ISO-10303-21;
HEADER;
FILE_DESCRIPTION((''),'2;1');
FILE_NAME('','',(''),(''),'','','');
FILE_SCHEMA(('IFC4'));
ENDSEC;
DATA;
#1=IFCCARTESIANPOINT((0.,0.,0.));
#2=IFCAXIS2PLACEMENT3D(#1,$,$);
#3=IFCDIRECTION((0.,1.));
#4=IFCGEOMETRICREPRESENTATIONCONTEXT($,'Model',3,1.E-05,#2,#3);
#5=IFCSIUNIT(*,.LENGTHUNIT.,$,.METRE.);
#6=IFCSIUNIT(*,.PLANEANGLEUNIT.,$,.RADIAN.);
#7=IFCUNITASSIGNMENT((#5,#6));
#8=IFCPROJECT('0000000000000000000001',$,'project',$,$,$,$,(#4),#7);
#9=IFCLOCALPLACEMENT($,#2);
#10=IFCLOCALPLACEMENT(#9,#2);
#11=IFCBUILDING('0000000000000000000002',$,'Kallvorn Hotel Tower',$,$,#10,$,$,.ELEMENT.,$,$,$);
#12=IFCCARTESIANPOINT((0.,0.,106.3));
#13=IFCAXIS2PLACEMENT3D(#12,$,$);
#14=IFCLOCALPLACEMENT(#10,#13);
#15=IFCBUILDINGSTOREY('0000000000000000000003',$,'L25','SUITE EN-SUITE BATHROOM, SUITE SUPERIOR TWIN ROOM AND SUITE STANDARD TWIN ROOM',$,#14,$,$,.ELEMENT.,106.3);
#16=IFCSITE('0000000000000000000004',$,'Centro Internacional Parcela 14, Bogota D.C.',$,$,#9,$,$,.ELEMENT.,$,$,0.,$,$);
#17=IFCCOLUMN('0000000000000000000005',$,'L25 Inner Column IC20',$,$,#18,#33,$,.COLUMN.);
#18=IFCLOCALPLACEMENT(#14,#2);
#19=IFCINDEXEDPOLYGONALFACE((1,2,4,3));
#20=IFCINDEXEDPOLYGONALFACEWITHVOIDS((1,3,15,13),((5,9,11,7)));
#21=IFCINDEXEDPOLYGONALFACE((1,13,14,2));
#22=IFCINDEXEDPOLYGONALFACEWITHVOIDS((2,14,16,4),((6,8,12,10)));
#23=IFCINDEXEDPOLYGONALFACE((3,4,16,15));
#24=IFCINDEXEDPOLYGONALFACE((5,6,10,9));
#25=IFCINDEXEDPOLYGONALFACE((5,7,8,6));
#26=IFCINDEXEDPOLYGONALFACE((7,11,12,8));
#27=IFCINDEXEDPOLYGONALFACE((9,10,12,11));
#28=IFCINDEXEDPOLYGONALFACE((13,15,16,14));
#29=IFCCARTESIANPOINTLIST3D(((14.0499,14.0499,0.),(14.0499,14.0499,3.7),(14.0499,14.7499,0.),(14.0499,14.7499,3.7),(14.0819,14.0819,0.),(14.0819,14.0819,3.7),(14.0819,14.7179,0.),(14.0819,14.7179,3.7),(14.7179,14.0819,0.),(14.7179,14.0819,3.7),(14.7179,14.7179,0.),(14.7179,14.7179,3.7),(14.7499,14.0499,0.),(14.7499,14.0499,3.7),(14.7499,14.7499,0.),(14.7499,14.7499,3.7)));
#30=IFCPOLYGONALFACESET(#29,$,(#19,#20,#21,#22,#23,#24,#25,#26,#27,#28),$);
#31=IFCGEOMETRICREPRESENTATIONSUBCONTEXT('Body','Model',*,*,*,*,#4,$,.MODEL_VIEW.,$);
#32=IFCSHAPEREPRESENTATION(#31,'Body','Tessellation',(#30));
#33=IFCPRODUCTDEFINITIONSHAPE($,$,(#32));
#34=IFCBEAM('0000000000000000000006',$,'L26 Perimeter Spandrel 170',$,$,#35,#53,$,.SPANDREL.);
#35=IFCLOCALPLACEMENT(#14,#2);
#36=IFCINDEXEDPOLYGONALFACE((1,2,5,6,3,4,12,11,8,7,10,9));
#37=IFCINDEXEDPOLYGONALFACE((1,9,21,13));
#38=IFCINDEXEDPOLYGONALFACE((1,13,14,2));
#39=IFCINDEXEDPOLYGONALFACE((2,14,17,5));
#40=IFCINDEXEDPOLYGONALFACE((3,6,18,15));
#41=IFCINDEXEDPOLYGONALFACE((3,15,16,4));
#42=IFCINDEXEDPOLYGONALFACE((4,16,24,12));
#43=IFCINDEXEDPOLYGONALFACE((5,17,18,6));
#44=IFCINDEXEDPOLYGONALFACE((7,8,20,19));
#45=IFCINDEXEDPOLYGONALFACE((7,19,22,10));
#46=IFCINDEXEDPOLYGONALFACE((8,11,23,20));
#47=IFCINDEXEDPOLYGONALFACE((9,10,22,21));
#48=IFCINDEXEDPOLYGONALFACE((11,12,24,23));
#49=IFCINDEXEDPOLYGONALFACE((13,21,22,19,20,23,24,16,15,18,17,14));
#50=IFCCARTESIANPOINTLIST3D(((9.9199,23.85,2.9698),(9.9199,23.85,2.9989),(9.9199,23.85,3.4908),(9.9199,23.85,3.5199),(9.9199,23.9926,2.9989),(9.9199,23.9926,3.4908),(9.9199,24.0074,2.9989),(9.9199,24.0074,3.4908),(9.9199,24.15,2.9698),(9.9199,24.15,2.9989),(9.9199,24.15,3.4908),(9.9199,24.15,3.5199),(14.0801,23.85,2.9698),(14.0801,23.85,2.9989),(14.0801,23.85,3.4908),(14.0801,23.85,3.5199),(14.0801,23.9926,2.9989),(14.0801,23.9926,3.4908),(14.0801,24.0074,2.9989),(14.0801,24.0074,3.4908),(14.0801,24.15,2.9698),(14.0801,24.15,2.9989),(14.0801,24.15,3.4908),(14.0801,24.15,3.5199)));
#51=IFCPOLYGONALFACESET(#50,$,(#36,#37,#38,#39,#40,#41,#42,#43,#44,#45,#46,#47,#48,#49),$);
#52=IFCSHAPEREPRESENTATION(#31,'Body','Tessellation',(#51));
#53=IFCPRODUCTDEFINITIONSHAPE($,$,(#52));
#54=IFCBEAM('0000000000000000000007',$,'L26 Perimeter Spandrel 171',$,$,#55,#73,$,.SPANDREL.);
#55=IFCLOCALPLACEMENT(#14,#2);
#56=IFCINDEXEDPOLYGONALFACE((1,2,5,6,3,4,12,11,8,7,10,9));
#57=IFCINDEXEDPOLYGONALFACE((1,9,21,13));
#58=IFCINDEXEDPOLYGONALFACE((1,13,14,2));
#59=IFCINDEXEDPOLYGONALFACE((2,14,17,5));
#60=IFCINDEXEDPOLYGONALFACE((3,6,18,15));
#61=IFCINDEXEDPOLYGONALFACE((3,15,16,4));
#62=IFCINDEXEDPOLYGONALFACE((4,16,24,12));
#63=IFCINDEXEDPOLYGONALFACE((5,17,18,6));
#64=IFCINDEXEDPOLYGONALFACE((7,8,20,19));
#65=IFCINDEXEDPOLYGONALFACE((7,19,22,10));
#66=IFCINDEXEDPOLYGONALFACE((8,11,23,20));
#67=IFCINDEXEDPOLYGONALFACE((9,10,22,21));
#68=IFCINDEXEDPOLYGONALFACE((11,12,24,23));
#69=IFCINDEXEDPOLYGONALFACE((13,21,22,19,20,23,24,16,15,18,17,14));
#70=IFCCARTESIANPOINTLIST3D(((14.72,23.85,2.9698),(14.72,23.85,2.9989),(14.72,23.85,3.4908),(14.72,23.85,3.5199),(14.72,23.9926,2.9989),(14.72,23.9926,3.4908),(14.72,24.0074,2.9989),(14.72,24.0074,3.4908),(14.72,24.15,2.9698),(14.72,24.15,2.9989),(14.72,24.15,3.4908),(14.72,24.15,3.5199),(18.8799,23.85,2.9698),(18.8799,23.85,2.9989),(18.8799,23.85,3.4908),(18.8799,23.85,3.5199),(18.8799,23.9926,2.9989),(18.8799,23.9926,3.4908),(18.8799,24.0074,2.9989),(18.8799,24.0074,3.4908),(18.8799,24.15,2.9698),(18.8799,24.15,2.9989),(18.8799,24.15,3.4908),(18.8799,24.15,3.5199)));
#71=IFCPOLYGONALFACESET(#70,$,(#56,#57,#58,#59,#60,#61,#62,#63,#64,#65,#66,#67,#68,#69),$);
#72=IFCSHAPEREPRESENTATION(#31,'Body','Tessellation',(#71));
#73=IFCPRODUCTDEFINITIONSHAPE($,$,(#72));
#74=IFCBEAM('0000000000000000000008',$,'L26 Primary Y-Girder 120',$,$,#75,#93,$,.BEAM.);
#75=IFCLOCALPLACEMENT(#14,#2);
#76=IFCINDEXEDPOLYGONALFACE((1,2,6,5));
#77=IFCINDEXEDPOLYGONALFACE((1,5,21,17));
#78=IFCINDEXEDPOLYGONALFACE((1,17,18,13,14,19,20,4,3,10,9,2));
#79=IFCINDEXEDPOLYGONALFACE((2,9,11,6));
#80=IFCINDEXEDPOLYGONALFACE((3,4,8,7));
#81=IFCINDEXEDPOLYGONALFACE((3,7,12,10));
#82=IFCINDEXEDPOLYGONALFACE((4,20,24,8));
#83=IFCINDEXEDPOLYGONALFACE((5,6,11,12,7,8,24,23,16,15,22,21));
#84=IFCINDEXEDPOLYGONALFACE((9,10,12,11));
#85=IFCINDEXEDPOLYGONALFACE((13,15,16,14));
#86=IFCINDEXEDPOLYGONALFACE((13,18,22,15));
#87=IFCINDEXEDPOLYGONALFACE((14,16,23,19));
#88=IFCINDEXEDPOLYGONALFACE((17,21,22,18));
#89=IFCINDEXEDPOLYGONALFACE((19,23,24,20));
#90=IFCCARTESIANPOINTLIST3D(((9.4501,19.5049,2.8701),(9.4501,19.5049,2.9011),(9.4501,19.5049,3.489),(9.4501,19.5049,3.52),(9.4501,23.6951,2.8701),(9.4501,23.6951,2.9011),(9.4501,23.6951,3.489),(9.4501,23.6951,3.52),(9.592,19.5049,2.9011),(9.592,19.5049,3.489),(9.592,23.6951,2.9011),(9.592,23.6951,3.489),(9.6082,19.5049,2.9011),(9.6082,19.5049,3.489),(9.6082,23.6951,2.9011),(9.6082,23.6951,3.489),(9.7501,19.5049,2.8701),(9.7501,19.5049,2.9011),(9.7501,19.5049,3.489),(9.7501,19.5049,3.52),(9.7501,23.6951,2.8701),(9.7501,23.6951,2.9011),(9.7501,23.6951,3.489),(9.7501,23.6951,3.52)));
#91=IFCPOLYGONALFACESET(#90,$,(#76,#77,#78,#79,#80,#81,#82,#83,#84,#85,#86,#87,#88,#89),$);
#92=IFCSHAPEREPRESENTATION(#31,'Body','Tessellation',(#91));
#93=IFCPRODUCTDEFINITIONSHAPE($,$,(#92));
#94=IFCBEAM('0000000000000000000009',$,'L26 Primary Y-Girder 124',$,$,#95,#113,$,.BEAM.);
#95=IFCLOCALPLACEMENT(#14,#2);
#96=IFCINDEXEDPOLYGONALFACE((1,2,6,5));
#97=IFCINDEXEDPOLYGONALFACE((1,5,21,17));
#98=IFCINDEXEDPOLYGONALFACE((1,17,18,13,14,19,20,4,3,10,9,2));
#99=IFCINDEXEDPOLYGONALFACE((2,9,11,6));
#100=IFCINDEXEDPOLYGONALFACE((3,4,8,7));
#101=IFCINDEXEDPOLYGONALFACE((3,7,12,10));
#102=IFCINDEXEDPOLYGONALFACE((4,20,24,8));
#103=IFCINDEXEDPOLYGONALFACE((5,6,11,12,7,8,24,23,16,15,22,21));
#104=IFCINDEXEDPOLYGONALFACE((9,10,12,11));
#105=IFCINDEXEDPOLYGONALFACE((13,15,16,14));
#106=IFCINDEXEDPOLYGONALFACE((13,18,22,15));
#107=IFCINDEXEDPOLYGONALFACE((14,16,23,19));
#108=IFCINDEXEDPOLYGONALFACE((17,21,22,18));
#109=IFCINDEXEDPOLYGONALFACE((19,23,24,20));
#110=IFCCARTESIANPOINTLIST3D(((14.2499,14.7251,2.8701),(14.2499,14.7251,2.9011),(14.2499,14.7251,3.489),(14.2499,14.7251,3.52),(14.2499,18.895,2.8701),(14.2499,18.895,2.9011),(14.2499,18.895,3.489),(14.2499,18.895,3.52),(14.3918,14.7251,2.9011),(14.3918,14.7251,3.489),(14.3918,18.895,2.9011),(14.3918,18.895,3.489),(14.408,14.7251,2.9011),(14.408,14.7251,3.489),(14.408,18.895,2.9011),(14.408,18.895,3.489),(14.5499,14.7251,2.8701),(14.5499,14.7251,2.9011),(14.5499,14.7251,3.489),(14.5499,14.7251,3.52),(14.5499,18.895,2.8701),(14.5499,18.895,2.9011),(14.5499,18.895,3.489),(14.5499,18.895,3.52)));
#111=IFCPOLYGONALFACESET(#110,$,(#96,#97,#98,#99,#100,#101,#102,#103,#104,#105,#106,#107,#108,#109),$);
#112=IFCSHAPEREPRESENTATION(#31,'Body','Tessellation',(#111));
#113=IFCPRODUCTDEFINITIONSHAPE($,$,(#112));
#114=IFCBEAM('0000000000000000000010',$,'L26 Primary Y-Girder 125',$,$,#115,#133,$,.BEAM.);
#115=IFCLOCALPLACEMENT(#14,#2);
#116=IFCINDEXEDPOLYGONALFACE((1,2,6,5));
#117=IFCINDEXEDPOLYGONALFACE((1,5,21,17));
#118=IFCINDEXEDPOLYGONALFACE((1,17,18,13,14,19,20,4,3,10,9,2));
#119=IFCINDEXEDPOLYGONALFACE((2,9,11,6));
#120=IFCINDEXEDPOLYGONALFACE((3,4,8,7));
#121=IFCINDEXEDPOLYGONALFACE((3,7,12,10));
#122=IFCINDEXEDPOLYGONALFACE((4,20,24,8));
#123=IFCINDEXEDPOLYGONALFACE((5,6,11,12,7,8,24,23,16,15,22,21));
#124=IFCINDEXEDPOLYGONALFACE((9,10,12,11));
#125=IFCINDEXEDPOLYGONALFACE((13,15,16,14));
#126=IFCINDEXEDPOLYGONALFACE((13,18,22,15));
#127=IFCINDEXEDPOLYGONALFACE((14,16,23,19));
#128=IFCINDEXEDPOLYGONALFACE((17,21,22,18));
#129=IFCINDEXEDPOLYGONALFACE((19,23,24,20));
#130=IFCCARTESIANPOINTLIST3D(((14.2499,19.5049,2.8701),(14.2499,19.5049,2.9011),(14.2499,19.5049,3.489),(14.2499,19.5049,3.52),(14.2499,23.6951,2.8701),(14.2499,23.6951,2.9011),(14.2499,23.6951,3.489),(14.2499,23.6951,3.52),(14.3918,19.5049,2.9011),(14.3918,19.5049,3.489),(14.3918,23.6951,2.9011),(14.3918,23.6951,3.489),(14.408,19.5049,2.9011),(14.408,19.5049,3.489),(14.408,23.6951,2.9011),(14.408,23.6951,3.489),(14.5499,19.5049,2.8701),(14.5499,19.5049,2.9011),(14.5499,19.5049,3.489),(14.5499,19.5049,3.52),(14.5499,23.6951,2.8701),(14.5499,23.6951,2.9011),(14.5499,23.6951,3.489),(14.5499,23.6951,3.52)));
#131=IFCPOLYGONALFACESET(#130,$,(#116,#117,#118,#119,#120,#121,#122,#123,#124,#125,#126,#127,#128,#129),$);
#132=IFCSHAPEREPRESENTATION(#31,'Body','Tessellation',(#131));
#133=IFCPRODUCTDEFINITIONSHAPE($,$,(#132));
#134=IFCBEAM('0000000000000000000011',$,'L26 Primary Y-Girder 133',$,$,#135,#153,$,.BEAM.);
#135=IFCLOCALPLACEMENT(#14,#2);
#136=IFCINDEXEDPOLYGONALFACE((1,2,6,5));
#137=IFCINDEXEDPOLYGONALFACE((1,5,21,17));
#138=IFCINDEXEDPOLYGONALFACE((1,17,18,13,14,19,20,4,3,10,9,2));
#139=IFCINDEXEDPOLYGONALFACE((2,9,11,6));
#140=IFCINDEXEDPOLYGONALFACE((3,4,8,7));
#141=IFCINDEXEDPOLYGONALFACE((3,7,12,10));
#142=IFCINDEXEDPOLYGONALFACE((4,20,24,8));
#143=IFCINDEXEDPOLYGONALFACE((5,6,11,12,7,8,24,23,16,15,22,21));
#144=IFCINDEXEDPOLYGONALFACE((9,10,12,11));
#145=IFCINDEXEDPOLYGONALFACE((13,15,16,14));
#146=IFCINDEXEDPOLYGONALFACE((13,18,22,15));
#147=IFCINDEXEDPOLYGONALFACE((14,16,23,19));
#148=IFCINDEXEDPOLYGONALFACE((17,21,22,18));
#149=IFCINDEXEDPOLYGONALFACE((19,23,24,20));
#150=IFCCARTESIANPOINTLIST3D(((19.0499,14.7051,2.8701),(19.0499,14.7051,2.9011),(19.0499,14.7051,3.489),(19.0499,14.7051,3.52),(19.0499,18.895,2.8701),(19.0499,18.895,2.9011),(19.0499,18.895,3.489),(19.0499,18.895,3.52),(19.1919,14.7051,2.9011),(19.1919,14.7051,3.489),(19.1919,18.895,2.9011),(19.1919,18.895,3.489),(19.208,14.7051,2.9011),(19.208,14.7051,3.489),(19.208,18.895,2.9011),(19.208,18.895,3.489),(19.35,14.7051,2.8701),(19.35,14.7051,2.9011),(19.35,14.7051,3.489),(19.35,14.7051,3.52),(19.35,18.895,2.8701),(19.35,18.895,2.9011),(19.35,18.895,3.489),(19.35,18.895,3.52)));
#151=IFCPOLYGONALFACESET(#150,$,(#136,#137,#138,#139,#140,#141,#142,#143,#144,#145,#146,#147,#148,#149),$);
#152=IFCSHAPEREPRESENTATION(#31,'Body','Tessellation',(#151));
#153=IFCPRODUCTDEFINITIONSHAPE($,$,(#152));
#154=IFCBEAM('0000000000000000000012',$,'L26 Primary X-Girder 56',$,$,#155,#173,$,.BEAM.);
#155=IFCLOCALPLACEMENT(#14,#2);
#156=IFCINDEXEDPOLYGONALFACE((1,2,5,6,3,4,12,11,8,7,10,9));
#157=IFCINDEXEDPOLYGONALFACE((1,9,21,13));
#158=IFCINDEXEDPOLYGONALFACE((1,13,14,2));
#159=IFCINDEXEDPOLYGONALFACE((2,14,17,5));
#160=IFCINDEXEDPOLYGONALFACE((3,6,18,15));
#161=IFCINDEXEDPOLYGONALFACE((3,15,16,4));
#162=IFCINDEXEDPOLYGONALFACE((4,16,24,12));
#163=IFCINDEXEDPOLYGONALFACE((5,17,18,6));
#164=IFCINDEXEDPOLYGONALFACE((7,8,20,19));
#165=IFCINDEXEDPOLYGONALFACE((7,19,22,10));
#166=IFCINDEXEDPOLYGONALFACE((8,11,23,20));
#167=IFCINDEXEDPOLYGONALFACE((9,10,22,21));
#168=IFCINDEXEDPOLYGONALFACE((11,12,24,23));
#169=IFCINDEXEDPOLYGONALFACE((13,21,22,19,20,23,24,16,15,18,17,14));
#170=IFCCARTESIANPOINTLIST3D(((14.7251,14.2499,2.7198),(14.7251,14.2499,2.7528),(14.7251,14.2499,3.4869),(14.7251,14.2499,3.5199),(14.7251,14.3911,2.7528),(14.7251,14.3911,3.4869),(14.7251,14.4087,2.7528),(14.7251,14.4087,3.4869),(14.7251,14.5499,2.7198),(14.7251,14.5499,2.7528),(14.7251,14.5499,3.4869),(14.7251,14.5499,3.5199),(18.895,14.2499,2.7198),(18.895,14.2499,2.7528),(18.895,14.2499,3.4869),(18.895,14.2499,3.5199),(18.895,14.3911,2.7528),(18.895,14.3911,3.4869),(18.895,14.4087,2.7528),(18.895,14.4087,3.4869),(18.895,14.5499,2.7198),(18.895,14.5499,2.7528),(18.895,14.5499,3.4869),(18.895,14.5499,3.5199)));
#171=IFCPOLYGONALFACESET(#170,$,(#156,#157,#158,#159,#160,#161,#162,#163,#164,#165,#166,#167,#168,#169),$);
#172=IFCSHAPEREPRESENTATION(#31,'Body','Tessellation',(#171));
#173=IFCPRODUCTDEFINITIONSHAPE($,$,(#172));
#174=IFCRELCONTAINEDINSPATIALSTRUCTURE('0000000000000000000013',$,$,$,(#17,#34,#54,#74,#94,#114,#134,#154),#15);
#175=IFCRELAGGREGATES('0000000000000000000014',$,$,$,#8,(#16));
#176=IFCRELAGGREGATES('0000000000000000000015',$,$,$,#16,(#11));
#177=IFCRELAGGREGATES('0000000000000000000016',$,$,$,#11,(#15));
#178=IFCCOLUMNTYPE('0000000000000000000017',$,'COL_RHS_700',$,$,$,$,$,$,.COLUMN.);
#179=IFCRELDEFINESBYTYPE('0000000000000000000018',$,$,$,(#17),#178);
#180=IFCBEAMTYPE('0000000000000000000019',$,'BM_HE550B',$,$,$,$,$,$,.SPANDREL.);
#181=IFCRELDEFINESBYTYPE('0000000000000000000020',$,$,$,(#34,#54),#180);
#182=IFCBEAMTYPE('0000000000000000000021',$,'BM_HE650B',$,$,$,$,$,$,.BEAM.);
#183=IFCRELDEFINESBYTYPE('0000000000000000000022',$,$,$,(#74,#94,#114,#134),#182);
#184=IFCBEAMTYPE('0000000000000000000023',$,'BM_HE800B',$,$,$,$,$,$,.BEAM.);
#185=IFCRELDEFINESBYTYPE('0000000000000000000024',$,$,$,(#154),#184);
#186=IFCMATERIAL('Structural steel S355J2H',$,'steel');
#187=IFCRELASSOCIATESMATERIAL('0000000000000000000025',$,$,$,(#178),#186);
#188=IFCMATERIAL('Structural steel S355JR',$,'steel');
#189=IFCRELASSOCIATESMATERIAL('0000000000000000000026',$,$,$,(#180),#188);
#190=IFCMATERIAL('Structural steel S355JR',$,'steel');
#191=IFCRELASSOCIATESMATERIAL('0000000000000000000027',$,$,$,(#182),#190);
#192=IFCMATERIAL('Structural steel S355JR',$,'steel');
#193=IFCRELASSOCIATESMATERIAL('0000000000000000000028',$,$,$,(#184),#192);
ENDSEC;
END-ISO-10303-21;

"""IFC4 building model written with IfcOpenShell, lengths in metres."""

from ifc_helpers import new_model, si_unit, direction, frame, origin, origin_2d, place, context, subcontext, project, spatial, hollow_rectangle, i_section, extrude, material, material_profile, profile_set, type_object, element, save


model = new_model("IFC4")

# Units and contexts
model_context = context("Model", 3, precision=1e-05, world=origin(), true_north=direction((0.0, 1.0)))
body_context = subcontext(model_context, "Body", "Model", "MODEL_VIEW")
ifc_project = project(units=[si_unit("LENGTHUNIT", "METRE"), si_unit("PLANEANGLEUNIT", "RADIAN")], contexts=[model_context])

# Site, building, storey
site_placement = place(None, origin())
site = spatial("IfcSite", under=ifc_project, at=site_placement, Name="Centro Internacional Parcela 14, Bogota D.C.", CompositionType="ELEMENT", RefElevation=0.0)
building_placement = place(site_placement, origin())
building = spatial("IfcBuilding", under=site, at=building_placement, Name="Kallvorn Hotel Tower", CompositionType="ELEMENT")
storey_placement = place(building_placement, frame((0.0, 0.0, 106.3)))
storey = spatial("IfcBuildingStorey", under=building, at=storey_placement, Name="L25", Description="SUITE EN-SUITE BATHROOM, SUITE SUPERIOR TWIN ROOM AND SUITE STANDARD TWIN ROOM", CompositionType="ELEMENT", Elevation=106.3)

# Column
ifc_material_1 = material(Name="Structural steel S355J2H", Category="steel")
ifc_material_profile_1 = material_profile(ifc_material_1, hollow_rectangle(XDim=0.7, YDim=0.7, WallThickness=0.032, at=origin_2d()), Name="RHS 700x700x32")
ifc_profile_set_1 = profile_set([ifc_material_profile_1], Name="Structural steel S355J2H")
column_type_1 = type_object("IfcColumnType", Name="COL_RHS_700", PredefinedType="COLUMN", material=ifc_profile_set_1)
column_placement = place(storey_placement, frame((14.3999, 14.3999, 0.0), z_axis=(0.0, 0.0, 1.0), x_axis=(1.0, 0.0, 0.0)))
element("IfcColumn", 1, at=column_placement, inside=storey, type_object=column_type_1, Name="L25 Inner Column IC20", PredefinedType="COLUMN", context=body_context, shape_type="SweptSolid", body=[
    extrude(hollow_rectangle(XDim=0.7, YDim=0.7, WallThickness=0.032, at=origin_2d()), origin(), (0.0, 0.0, 1.0), 3.7),
])

# Beams
ifc_material_2 = material(Name="Structural steel S355JR", Category="steel")
ifc_material_profile_2 = material_profile(ifc_material_2, i_section(OverallWidth=0.3, OverallDepth=0.55, WebThickness=0.0149, FlangeThickness=0.0291, at=origin_2d()), Name="HE 550 B")
ifc_profile_set_2 = profile_set([ifc_material_profile_2], Name="Structural steel S355JR")
beam_type_1 = type_object("IfcBeamType", Name="BM_HE550B", PredefinedType="SPANDREL", material=ifc_profile_set_2)
beam_1_placement = place(storey_placement, frame((9.9199, 24.0, 3.2449), z_axis=(1.0, 0.0, 0.0), x_axis=(0.0, 1.0, 0.0)))
element("IfcBeam", 2, at=beam_1_placement, inside=storey, type_object=beam_type_1, Name="L26 Perimeter Spandrel 170", PredefinedType="SPANDREL", context=body_context, shape_type="SweptSolid", body=[
    extrude(i_section(OverallWidth=0.3, OverallDepth=0.55, WebThickness=0.0149, FlangeThickness=0.0291, at=origin_2d()), origin(), (0.0, 0.0, 1.0), 4.1602),
])
beam_2_placement = place(storey_placement, frame((14.72, 24.0, 3.2449), z_axis=(1.0, 0.0, 0.0), x_axis=(0.0, 1.0, 0.0)))
element("IfcBeam", 3, at=beam_2_placement, inside=storey, type_object=beam_type_1, Name="L26 Perimeter Spandrel 171", PredefinedType="SPANDREL", context=body_context, shape_type="SweptSolid", body=[
    extrude(i_section(OverallWidth=0.3, OverallDepth=0.55, WebThickness=0.0149, FlangeThickness=0.0291, at=origin_2d()), origin(), (0.0, 0.0, 1.0), 4.1599),
])
ifc_material_3 = material(Name="Structural steel S355JR", Category="steel")
ifc_material_profile_3 = material_profile(ifc_material_3, i_section(OverallWidth=0.3, OverallDepth=0.6499, WebThickness=0.0161, FlangeThickness=0.031, at=origin_2d()), Name="HE 650 B")
ifc_profile_set_3 = profile_set([ifc_material_profile_3], Name="Structural steel S355JR")
beam_type_2 = type_object("IfcBeamType", Name="BM_HE650B", PredefinedType="BEAM", material=ifc_profile_set_3)
beam_3_placement = place(storey_placement, frame((9.6001, 19.5049, 3.1951), z_axis=(0.0, 1.0, 0.0), x_axis=(-1.0, 0.0, 0.0)))
element("IfcBeam", 4, at=beam_3_placement, inside=storey, type_object=beam_type_2, Name="L26 Primary Y-Girder 120", PredefinedType="BEAM", context=body_context, shape_type="SweptSolid", body=[
    extrude(i_section(OverallWidth=0.3, OverallDepth=0.6499, WebThickness=0.0161, FlangeThickness=0.031, at=origin_2d()), origin(), (0.0, 0.0, 1.0), 4.1902),
])
beam_4_placement = place(storey_placement, frame((14.3999, 14.7251, 3.1951), z_axis=(0.0, 1.0, 0.0), x_axis=(-1.0, 0.0, 0.0)))
element("IfcBeam", 5, at=beam_4_placement, inside=storey, type_object=beam_type_2, Name="L26 Primary Y-Girder 124", PredefinedType="BEAM", context=body_context, shape_type="SweptSolid", body=[
    extrude(i_section(OverallWidth=0.3, OverallDepth=0.6499, WebThickness=0.0161, FlangeThickness=0.031, at=origin_2d()), origin(), (0.0, 0.0, 1.0), 4.1699),
])
beam_5_placement = place(storey_placement, frame((14.3999, 19.5049, 3.1951), z_axis=(0.0, 1.0, 0.0), x_axis=(-1.0, 0.0, 0.0)))
element("IfcBeam", 6, at=beam_5_placement, inside=storey, type_object=beam_type_2, Name="L26 Primary Y-Girder 125", PredefinedType="BEAM", context=body_context, shape_type="SweptSolid", body=[
    extrude(i_section(OverallWidth=0.3, OverallDepth=0.6499, WebThickness=0.0161, FlangeThickness=0.031, at=origin_2d()), origin(), (0.0, 0.0, 1.0), 4.1902),
])
beam_6_placement = place(storey_placement, frame((19.2, 14.7051, 3.1951), z_axis=(0.0, 1.0, 0.0), x_axis=(-1.0, 0.0, 0.0)))
element("IfcBeam", 7, at=beam_6_placement, inside=storey, type_object=beam_type_2, Name="L26 Primary Y-Girder 133", PredefinedType="BEAM", context=body_context, shape_type="SweptSolid", body=[
    extrude(i_section(OverallWidth=0.3, OverallDepth=0.6499, WebThickness=0.0161, FlangeThickness=0.031, at=origin_2d()), origin(), (0.0, 0.0, 1.0), 4.1899),
])
ifc_material_4 = material(Name="Structural steel S355JR", Category="steel")
ifc_material_profile_4 = material_profile(ifc_material_4, i_section(OverallWidth=0.3, OverallDepth=0.8, WebThickness=0.0176, FlangeThickness=0.033, at=origin_2d()), Name="HE 800 B")
ifc_profile_set_4 = profile_set([ifc_material_profile_4], Name="Structural steel S355JR")
beam_type_3 = type_object("IfcBeamType", Name="BM_HE800B", PredefinedType="BEAM", material=ifc_profile_set_4)
beam_7_placement = place(storey_placement, frame((14.7251, 14.3999, 3.1199), z_axis=(1.0, 0.0, 0.0), x_axis=(0.0, 1.0, 0.0)))
element("IfcBeam", 8, at=beam_7_placement, inside=storey, type_object=beam_type_3, Name="L26 Primary X-Girder 56", PredefinedType="BEAM", context=body_context, shape_type="SweptSolid", body=[
    extrude(i_section(OverallWidth=0.3, OverallDepth=0.8, WebThickness=0.0176, FlangeThickness=0.033, at=origin_2d()), origin(), (0.0, 0.0, 1.0), 4.1699),
])

save(model, "model.ifc")
